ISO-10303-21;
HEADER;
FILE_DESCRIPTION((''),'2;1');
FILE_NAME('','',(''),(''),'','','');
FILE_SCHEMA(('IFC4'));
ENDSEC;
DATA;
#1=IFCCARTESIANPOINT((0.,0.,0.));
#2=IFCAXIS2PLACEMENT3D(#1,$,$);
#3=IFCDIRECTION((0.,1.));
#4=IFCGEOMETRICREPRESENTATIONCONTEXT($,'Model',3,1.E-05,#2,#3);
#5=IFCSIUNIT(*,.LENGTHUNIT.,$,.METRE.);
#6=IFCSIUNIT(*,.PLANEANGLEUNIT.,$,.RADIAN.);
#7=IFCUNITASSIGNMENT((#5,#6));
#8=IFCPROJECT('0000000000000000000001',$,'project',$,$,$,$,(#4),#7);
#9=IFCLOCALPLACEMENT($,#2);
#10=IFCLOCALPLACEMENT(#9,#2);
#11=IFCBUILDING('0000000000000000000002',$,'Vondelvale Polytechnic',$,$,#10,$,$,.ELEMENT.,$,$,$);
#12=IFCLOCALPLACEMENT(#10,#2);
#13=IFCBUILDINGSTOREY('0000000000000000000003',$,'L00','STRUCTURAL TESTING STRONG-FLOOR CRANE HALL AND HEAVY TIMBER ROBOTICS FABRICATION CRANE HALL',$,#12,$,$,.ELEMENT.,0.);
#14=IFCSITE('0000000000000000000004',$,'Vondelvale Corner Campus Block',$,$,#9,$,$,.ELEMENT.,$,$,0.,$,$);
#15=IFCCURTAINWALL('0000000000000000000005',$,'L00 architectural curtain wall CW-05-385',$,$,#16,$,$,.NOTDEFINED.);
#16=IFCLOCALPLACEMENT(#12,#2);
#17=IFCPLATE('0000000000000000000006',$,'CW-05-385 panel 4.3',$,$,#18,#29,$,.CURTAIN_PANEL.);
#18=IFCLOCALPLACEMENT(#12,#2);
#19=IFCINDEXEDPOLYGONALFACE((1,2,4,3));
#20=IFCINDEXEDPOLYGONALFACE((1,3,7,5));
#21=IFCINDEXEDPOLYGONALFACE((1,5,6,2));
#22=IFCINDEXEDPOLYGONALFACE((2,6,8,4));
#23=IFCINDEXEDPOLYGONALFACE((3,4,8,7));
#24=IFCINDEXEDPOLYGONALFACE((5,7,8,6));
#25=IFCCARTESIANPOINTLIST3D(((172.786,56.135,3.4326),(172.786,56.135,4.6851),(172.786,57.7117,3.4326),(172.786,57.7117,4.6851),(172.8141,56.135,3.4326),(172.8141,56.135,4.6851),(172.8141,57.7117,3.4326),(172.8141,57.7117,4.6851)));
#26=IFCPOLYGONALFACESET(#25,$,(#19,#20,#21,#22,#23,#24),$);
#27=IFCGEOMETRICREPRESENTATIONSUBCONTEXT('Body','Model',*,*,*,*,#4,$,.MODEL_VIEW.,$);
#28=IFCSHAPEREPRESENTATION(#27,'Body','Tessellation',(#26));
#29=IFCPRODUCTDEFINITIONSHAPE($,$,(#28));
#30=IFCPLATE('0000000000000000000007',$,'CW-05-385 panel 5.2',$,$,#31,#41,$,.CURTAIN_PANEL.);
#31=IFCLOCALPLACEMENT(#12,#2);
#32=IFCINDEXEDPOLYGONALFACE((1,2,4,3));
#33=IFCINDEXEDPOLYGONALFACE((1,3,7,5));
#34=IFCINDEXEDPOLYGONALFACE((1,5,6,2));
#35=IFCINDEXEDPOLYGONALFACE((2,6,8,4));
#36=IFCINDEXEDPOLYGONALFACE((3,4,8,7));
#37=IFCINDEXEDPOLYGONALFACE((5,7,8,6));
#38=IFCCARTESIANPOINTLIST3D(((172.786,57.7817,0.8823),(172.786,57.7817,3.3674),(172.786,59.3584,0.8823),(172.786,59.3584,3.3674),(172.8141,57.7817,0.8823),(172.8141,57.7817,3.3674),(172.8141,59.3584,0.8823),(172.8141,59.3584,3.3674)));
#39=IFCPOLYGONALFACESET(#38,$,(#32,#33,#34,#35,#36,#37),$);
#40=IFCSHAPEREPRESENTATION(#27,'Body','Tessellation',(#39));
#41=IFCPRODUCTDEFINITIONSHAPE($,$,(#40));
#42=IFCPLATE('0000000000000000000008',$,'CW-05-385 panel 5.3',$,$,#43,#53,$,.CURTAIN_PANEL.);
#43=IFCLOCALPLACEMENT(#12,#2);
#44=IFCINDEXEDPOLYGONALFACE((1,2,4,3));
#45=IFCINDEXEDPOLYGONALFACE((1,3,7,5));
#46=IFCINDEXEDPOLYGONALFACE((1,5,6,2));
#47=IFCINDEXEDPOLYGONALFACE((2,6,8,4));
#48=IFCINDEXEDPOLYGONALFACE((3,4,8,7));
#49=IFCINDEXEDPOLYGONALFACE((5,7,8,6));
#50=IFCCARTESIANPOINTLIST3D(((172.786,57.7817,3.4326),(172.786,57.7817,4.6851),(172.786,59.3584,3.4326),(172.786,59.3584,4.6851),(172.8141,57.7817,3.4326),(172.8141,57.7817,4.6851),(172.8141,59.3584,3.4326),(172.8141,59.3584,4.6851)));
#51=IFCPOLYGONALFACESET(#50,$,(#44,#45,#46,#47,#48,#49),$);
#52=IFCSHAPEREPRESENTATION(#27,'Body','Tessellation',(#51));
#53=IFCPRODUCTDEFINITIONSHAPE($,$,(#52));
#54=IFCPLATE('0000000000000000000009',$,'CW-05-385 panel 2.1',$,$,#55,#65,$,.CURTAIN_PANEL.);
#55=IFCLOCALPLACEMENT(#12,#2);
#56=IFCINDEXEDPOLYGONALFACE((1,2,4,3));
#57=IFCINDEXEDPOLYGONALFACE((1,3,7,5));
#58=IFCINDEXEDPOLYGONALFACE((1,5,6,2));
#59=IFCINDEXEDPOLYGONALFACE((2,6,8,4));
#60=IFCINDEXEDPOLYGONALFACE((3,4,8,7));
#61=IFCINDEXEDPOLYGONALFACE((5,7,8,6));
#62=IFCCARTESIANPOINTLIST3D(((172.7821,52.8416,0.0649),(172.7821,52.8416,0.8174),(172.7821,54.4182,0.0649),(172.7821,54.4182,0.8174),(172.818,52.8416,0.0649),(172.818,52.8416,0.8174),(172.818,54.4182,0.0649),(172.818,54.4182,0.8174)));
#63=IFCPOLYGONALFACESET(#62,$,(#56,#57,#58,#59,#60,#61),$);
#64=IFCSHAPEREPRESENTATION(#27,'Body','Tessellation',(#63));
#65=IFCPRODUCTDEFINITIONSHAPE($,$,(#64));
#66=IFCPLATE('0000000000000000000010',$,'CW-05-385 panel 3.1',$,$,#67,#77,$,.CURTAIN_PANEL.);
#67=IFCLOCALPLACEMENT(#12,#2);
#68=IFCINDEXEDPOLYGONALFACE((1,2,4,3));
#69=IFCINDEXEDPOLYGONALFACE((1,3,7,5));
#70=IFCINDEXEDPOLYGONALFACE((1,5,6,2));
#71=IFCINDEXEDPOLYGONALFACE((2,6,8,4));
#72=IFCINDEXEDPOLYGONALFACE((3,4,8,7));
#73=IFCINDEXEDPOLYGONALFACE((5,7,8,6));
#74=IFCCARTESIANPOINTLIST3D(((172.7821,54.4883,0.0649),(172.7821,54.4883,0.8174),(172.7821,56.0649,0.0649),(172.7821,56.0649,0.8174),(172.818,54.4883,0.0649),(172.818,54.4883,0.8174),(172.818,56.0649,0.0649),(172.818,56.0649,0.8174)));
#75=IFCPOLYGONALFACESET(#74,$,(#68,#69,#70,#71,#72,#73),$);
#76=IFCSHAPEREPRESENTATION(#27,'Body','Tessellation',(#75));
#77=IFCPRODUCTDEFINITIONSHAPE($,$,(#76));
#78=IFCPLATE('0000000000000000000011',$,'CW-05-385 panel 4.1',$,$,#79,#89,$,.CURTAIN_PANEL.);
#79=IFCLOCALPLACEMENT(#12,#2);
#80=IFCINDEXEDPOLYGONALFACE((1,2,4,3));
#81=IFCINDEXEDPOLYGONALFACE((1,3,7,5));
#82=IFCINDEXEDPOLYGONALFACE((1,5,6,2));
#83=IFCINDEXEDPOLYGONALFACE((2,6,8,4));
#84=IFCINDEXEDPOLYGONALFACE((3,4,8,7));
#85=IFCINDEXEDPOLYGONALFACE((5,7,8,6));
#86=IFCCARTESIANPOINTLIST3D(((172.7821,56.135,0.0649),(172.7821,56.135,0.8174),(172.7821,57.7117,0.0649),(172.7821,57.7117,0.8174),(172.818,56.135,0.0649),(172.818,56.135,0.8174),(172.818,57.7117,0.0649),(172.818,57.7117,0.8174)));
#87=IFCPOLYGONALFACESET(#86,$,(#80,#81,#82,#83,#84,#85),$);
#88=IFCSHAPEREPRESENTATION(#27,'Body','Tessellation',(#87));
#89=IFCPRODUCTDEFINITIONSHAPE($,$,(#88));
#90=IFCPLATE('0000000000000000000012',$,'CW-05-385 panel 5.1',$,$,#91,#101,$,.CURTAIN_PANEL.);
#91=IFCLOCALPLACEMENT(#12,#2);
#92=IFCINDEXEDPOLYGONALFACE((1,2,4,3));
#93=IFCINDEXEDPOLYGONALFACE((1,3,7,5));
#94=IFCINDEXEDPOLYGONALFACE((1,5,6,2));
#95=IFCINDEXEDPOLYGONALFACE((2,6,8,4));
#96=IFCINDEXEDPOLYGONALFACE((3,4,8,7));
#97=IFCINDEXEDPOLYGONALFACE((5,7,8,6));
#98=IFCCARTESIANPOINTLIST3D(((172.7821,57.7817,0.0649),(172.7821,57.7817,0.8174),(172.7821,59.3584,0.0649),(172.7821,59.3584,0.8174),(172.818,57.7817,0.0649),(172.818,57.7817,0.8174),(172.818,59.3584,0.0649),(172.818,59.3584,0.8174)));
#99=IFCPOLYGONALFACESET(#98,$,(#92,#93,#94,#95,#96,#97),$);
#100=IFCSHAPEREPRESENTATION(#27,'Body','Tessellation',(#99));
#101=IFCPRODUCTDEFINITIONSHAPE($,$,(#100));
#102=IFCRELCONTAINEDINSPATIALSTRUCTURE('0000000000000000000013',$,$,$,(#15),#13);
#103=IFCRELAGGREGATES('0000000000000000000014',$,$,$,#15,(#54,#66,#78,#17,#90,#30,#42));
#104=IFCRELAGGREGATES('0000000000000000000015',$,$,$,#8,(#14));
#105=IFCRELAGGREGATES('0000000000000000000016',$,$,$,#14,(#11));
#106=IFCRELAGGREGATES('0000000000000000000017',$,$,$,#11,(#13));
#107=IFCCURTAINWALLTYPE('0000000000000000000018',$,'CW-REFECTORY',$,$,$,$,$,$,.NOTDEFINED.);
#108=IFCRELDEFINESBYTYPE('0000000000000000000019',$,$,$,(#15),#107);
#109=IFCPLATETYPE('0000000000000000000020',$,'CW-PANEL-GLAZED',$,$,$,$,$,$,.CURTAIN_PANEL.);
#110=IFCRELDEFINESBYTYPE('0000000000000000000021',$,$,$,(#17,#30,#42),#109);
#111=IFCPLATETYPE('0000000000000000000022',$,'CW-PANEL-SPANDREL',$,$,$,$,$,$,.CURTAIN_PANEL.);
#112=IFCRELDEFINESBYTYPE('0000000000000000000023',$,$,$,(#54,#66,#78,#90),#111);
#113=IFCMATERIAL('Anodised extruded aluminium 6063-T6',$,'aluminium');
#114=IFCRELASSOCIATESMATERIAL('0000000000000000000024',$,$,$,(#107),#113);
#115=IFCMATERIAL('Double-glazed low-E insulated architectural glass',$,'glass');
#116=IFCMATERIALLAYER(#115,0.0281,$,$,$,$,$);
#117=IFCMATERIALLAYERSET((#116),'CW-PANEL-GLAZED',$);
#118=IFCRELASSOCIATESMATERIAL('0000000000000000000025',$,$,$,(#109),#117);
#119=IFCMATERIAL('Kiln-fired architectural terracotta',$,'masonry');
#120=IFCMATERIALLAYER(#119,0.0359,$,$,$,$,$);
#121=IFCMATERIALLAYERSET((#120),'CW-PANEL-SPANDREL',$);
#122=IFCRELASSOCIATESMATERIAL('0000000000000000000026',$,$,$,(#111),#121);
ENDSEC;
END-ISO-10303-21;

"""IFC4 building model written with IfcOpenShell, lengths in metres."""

from ifc_helpers import new_model, si_unit, direction, frame, origin, origin_2d, place, context, subcontext, project, spatial, rectangle, extrude, material, layer, layer_set, type_object, element, aggregate, save


model = new_model("IFC4")

# Units and contexts
model_context = context("Model", 3, precision=1e-05, world=origin(), true_north=direction((0.0, 1.0)))
body_context = subcontext(model_context, "Body", "Model", "MODEL_VIEW")
ifc_project = project(units=[si_unit("LENGTHUNIT", "METRE"), si_unit("PLANEANGLEUNIT", "RADIAN")], contexts=[model_context])

# Site, building, storey
site_placement = place(None, origin())
site = spatial("IfcSite", under=ifc_project, at=site_placement, Name="Vondelvale Corner Campus Block", CompositionType="ELEMENT", RefElevation=0.0)
building_placement = place(site_placement, origin())
building = spatial("IfcBuilding", under=site, at=building_placement, Name="Vondelvale Polytechnic", CompositionType="ELEMENT")
storey_placement = place(building_placement, origin())
storey = spatial("IfcBuildingStorey", under=building, at=storey_placement, Name="L00", Description="STRUCTURAL TESTING STRONG-FLOOR CRANE HALL AND HEAVY TIMBER ROBOTICS FABRICATION CRANE HALL", CompositionType="ELEMENT", Elevation=0.0)

# Curtain wall, plates
ifc_material_1 = material(Name="Anodised extruded aluminium 6063-T6", Category="aluminium")
curtain_wall_type = type_object("IfcCurtainWallType", Name="CW-REFECTORY", PredefinedType="NOTDEFINED", material=ifc_material_1)
curtain_wall_placement = place(storey_placement, origin())
curtain_wall = element("IfcCurtainWall", 1, at=curtain_wall_placement, inside=storey, type_object=curtain_wall_type, Name="L00 architectural curtain wall CW-05-385", PredefinedType="NOTDEFINED")
ifc_material_2 = material(Name="Double-glazed low-E insulated architectural glass", Category="glass")
ifc_layer_1 = layer(ifc_material_2, 0.0281)
ifc_layer_set_1 = layer_set([ifc_layer_1], Name="CW-PANEL-GLAZED")
plate_type_1 = type_object("IfcPlateType", Name="CW-PANEL-GLAZED", PredefinedType="CURTAIN_PANEL", material=ifc_layer_set_1)
plate_1_placement = place(storey_placement, frame((172.8, 56.9233, 3.4326), z_axis=(0.0, 0.0, 1.0), x_axis=(0.0, 1.0, 0.0)))
plate_1 = element("IfcPlate", 2, at=plate_1_placement, type_object=plate_type_1, Name="CW-05-385 panel 4.3", PredefinedType="CURTAIN_PANEL", context=body_context, shape_type="SweptSolid", body=[
    extrude(rectangle(XDim=1.5767, YDim=0.0281, at=origin_2d()), origin(), (0.0, 0.0, 1.0), 1.2524),
])
plate_2_placement = place(storey_placement, frame((172.8, 58.5701, 0.8823), z_axis=(0.0, 0.0, 1.0), x_axis=(0.0, 1.0, 0.0)))
plate_2 = element("IfcPlate", 3, at=plate_2_placement, type_object=plate_type_1, Name="CW-05-385 panel 5.2", PredefinedType="CURTAIN_PANEL", context=body_context, shape_type="SweptSolid", body=[
    extrude(rectangle(XDim=1.5767, YDim=0.0281, at=origin_2d()), origin(), (0.0, 0.0, 1.0), 2.4851),
])
plate_3_placement = place(storey_placement, frame((172.8, 58.5701, 3.4326), z_axis=(0.0, 0.0, 1.0), x_axis=(0.0, 1.0, 0.0)))
plate_3 = element("IfcPlate", 4, at=plate_3_placement, type_object=plate_type_1, Name="CW-05-385 panel 5.3", PredefinedType="CURTAIN_PANEL", context=body_context, shape_type="SweptSolid", body=[
    extrude(rectangle(XDim=1.5767, YDim=0.0281, at=origin_2d()), origin(), (0.0, 0.0, 1.0), 1.2524),
])
ifc_material_3 = material(Name="Kiln-fired architectural terracotta", Category="masonry")
ifc_layer_2 = layer(ifc_material_3, 0.0359)
ifc_layer_set_2 = layer_set([ifc_layer_2], Name="CW-PANEL-SPANDREL")
plate_type_2 = type_object("IfcPlateType", Name="CW-PANEL-SPANDREL", PredefinedType="CURTAIN_PANEL", material=ifc_layer_set_2)
plate_4_placement = place(storey_placement, frame((172.8, 53.6299, 0.0649), z_axis=(0.0, 0.0, 1.0), x_axis=(0.0, 1.0, 0.0)))
plate_4 = element("IfcPlate", 5, at=plate_4_placement, type_object=plate_type_2, Name="CW-05-385 panel 2.1", PredefinedType="CURTAIN_PANEL", context=body_context, shape_type="SweptSolid", body=[
    extrude(rectangle(XDim=1.5767, YDim=0.0359, at=origin_2d()), origin(), (0.0, 0.0, 1.0), 0.7524),
])
plate_5_placement = place(storey_placement, frame((172.8, 55.2766, 0.0649), z_axis=(0.0, 0.0, 1.0), x_axis=(0.0, 1.0, 0.0)))
plate_5 = element("IfcPlate", 6, at=plate_5_placement, type_object=plate_type_2, Name="CW-05-385 panel 3.1", PredefinedType="CURTAIN_PANEL", context=body_context, shape_type="SweptSolid", body=[
    extrude(rectangle(XDim=1.5767, YDim=0.0359, at=origin_2d()), origin(), (0.0, 0.0, 1.0), 0.7524),
])
plate_6_placement = place(storey_placement, frame((172.8, 56.9233, 0.0649), z_axis=(0.0, 0.0, 1.0), x_axis=(0.0, 1.0, 0.0)))
plate_6 = element("IfcPlate", 7, at=plate_6_placement, type_object=plate_type_2, Name="CW-05-385 panel 4.1", PredefinedType="CURTAIN_PANEL", context=body_context, shape_type="SweptSolid", body=[
    extrude(rectangle(XDim=1.5767, YDim=0.0359, at=origin_2d()), origin(), (0.0, 0.0, 1.0), 0.7524),
])
plate_7_placement = place(storey_placement, frame((172.8, 58.5701, 0.0649), z_axis=(0.0, 0.0, 1.0), x_axis=(0.0, 1.0, 0.0)))
plate_7 = element("IfcPlate", 8, at=plate_7_placement, type_object=plate_type_2, Name="CW-05-385 panel 5.1", PredefinedType="CURTAIN_PANEL", context=body_context, shape_type="SweptSolid", body=[
    extrude(rectangle(XDim=1.5767, YDim=0.0359, at=origin_2d()), origin(), (0.0, 0.0, 1.0), 0.7524),
])
aggregate(curtain_wall, [plate_4, plate_5, plate_6, plate_1, plate_7, plate_2, plate_3])

save(model, "model.ifc")
